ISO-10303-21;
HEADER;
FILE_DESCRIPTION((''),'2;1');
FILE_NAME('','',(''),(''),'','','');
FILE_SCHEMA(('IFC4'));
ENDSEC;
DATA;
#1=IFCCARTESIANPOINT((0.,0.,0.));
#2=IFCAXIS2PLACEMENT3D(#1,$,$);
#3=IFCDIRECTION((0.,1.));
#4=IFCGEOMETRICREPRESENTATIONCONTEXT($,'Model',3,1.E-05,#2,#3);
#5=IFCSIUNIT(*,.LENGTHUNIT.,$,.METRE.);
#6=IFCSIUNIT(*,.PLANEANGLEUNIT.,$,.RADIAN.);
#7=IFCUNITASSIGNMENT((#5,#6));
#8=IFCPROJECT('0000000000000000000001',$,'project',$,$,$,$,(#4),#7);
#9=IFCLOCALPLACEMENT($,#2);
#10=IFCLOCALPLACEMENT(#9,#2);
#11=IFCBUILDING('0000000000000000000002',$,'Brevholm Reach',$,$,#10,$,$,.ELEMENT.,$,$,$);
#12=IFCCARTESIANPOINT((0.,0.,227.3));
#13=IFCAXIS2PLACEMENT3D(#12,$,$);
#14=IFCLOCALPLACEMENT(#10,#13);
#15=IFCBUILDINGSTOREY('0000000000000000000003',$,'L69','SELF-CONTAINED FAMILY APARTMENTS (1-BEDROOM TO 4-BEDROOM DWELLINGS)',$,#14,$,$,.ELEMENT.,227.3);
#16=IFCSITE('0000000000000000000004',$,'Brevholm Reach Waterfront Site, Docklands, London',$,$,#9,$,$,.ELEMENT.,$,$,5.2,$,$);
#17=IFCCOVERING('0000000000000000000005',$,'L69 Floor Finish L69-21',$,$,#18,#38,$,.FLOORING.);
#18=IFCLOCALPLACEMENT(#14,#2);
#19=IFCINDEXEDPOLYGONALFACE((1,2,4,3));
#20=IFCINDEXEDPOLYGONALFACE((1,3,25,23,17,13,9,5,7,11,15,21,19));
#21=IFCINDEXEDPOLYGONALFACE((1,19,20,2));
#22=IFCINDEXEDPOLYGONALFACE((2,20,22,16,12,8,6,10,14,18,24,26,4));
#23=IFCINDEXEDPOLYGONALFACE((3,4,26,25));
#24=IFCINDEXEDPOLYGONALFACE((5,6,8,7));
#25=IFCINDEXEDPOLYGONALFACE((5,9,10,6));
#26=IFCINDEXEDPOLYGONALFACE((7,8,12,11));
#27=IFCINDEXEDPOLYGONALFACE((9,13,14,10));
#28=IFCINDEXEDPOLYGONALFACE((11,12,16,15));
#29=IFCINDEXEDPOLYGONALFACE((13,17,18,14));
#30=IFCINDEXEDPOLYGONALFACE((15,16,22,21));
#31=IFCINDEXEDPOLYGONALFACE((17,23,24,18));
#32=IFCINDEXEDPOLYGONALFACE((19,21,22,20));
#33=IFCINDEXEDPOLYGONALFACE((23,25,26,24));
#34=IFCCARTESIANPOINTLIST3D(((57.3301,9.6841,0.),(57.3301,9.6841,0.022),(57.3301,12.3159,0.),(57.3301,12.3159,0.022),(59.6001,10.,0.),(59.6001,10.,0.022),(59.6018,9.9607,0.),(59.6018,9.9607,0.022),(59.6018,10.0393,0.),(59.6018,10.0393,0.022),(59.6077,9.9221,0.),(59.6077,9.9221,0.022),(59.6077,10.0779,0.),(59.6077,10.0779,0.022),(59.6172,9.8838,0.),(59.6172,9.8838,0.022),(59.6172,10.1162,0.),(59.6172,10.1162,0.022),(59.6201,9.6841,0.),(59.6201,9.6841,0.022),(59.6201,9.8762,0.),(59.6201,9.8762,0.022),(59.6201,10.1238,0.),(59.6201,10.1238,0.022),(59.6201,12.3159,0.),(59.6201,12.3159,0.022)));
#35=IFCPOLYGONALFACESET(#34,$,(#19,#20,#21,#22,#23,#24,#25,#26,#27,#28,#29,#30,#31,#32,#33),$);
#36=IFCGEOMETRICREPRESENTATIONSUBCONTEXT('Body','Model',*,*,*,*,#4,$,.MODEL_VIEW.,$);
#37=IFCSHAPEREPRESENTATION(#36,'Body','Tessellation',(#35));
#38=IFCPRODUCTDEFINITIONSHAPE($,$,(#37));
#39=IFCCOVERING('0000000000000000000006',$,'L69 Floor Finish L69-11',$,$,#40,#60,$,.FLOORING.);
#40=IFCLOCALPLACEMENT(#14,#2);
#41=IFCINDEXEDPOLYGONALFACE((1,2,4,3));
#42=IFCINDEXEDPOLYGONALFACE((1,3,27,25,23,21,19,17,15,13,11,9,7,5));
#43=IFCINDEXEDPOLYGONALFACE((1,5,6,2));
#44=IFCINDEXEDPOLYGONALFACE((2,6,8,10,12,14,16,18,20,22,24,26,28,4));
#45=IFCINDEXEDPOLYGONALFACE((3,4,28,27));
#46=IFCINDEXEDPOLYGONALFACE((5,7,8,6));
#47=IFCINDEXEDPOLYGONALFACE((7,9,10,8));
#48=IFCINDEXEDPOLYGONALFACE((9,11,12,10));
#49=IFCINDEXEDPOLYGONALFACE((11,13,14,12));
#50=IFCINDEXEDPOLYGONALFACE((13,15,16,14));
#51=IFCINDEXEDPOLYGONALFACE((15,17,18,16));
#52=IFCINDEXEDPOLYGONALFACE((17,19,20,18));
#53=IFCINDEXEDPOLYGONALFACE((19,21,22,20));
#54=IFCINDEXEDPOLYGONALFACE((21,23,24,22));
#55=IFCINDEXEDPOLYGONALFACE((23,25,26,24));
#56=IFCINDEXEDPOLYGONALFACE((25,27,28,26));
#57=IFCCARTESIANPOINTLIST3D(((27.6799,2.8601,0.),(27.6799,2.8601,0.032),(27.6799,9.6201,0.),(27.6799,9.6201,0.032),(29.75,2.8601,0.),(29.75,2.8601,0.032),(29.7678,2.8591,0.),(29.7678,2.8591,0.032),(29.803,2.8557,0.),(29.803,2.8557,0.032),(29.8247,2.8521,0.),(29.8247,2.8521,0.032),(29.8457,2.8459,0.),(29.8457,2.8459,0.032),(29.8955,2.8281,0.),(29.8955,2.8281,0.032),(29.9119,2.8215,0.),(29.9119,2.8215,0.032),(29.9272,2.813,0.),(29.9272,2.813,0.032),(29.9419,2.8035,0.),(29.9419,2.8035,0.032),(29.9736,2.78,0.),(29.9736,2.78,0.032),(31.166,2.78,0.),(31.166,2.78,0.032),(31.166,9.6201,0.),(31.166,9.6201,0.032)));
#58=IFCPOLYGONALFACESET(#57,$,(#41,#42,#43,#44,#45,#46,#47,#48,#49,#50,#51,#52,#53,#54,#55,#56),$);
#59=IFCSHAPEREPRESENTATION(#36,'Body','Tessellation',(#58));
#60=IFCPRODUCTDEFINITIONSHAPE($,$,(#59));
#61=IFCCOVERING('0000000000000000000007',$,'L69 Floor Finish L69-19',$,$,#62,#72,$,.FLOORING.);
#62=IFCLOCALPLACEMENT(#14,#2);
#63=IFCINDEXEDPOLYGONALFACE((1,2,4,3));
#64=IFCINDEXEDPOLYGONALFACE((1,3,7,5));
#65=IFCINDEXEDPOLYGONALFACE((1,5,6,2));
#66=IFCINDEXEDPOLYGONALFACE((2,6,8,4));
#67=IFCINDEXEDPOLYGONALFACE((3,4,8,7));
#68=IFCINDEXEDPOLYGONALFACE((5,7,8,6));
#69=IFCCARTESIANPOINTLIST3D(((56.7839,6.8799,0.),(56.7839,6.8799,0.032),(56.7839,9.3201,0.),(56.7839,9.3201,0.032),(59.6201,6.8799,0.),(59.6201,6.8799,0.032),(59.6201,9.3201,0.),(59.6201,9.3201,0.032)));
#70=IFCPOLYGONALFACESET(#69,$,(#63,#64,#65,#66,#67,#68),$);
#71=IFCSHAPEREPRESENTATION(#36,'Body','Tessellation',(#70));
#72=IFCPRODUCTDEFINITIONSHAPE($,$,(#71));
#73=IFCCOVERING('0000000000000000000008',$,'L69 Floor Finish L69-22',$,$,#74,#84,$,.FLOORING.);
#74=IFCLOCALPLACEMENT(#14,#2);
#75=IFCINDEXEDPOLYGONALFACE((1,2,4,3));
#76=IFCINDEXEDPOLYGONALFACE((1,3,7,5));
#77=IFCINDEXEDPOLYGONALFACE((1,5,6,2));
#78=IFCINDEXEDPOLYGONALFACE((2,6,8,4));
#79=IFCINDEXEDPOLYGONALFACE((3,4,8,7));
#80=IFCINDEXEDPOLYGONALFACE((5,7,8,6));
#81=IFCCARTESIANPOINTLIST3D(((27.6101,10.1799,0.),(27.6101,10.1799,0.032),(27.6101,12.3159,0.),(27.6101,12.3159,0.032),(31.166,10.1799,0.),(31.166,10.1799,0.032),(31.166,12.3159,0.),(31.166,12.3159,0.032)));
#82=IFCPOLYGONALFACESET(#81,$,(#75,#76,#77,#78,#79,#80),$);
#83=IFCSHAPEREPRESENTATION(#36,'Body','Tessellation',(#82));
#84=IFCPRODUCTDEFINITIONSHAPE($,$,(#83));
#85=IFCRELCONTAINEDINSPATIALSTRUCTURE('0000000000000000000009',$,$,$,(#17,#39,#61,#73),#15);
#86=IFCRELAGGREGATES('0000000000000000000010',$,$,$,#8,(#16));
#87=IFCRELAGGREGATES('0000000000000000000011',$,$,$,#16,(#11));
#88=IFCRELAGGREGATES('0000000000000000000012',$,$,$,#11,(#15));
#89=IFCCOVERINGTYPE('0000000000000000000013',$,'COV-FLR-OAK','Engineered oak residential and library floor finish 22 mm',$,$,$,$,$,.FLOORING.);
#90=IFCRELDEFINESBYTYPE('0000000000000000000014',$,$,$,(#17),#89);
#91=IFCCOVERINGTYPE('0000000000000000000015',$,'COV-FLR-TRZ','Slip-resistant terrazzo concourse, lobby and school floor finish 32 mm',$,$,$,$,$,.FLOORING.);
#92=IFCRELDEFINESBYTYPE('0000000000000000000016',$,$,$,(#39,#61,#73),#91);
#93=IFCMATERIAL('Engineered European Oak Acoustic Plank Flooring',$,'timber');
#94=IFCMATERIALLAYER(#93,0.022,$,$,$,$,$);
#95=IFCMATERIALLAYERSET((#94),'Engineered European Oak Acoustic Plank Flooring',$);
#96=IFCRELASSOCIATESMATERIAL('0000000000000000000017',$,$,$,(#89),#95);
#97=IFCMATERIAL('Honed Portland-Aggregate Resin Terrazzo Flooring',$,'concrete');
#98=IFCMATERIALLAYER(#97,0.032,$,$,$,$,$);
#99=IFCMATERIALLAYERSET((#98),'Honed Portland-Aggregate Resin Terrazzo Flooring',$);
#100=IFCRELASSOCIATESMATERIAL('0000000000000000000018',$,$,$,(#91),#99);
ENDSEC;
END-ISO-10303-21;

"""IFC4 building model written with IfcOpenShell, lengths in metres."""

from ifc_helpers import new_model, si_unit, direction, frame, origin, place, context, subcontext, project, spatial, polyline, outline, extrude, material, layer, layer_set, type_object, element, save


model = new_model("IFC4")

# Units and contexts
model_context = context("Model", 3, precision=1e-05, world=origin(), true_north=direction((0.0, 1.0)))
body_context = subcontext(model_context, "Body", "Model", "MODEL_VIEW")
ifc_project = project(units=[si_unit("LENGTHUNIT", "METRE"), si_unit("PLANEANGLEUNIT", "RADIAN")], contexts=[model_context])

# Site, building, storey
site_placement = place(None, origin())
site = spatial("IfcSite", under=ifc_project, at=site_placement, Name="Brevholm Reach Waterfront Site, Docklands, London", CompositionType="ELEMENT", RefElevation=5.2)
building_placement = place(site_placement, origin())
building = spatial("IfcBuilding", under=site, at=building_placement, Name="Brevholm Reach", CompositionType="ELEMENT")
storey_placement = place(building_placement, frame((0.0, 0.0, 227.3)))
storey = spatial("IfcBuildingStorey", under=building, at=storey_placement, Name="L69", Description="SELF-CONTAINED FAMILY APARTMENTS (1-BEDROOM TO 4-BEDROOM DWELLINGS)", CompositionType="ELEMENT", Elevation=227.3)

# Coverings
ifc_material_1 = material(Name="Engineered European Oak Acoustic Plank Flooring", Category="timber")
ifc_layer_1 = layer(ifc_material_1, 0.022)
ifc_layer_set_1 = layer_set([ifc_layer_1], Name="Engineered European Oak Acoustic Plank Flooring")
covering_type_1 = type_object("IfcCoveringType", Name="COV-FLR-OAK", Description="Engineered oak residential and library floor finish 22 mm", PredefinedType="FLOORING", material=ifc_layer_set_1)
covering_1_placement = place(storey_placement, origin())
element("IfcCovering", 1, at=covering_1_placement, inside=storey, type_object=covering_type_1, Name="L69 Floor Finish L69-21", PredefinedType="FLOORING", context=body_context, shape_type="SweptSolid", body=[
    extrude(outline(polyline([(57.3301, 12.3159), (59.6201, 12.3159), (59.6201, 10.1238), (59.6172, 10.1162), (59.6077, 10.0779), (59.6018, 10.0393), (59.6001, 10.0), (59.6018, 9.9607), (59.6077, 9.9221), (59.6172, 9.8838), (59.6201, 9.8762), (59.6201, 9.6841), (57.3301, 9.6841), (57.3301, 12.3159)])), origin(), (0.0, 0.0, 1.0), 0.022),
])
ifc_material_2 = material(Name="Honed Portland-Aggregate Resin Terrazzo Flooring", Category="concrete")
ifc_layer_2 = layer(ifc_material_2, 0.032)
ifc_layer_set_2 = layer_set([ifc_layer_2], Name="Honed Portland-Aggregate Resin Terrazzo Flooring")
covering_type_2 = type_object("IfcCoveringType", Name="COV-FLR-TRZ", Description="Slip-resistant terrazzo concourse, lobby and school floor finish 32 mm", PredefinedType="FLOORING", material=ifc_layer_set_2)
covering_2_placement = place(storey_placement, origin())
element("IfcCovering", 2, at=covering_2_placement, inside=storey, type_object=covering_type_2, Name="L69 Floor Finish L69-11", PredefinedType="FLOORING", context=body_context, shape_type="SweptSolid", body=[
    extrude(outline(polyline([(31.166, 9.6201), (31.166, 2.78), (29.9736, 2.78), (29.9419, 2.8035), (29.9272, 2.813), (29.9119, 2.8215), (29.8955, 2.8281), (29.8457, 2.8459), (29.8247, 2.8521), (29.803, 2.8557), (29.7678, 2.8591), (29.75, 2.8601), (27.6799, 2.8601), (27.6799, 9.6201), (31.166, 9.6201)])), origin(), (0.0, 0.0, 1.0), 0.032),
])
covering_3_placement = place(storey_placement, origin())
element("IfcCovering", 3, at=covering_3_placement, inside=storey, type_object=covering_type_2, Name="L69 Floor Finish L69-19", PredefinedType="FLOORING", context=body_context, shape_type="SweptSolid", body=[
    extrude(outline(polyline([(59.6201, 9.3201), (59.6201, 6.8799), (56.7839, 6.8799), (56.7839, 9.3201), (59.6201, 9.3201)])), origin(), (0.0, 0.0, 1.0), 0.032),
])
covering_4_placement = place(storey_placement, origin())
element("IfcCovering", 4, at=covering_4_placement, inside=storey, type_object=covering_type_2, Name="L69 Floor Finish L69-22", PredefinedType="FLOORING", context=body_context, shape_type="SweptSolid", body=[
    extrude(outline(polyline([(27.6101, 10.1799), (27.6101, 12.3159), (31.166, 12.3159), (31.166, 10.1799), (27.6101, 10.1799)])), origin(), (0.0, 0.0, 1.0), 0.032),
])

save(model, "model.ifc")
